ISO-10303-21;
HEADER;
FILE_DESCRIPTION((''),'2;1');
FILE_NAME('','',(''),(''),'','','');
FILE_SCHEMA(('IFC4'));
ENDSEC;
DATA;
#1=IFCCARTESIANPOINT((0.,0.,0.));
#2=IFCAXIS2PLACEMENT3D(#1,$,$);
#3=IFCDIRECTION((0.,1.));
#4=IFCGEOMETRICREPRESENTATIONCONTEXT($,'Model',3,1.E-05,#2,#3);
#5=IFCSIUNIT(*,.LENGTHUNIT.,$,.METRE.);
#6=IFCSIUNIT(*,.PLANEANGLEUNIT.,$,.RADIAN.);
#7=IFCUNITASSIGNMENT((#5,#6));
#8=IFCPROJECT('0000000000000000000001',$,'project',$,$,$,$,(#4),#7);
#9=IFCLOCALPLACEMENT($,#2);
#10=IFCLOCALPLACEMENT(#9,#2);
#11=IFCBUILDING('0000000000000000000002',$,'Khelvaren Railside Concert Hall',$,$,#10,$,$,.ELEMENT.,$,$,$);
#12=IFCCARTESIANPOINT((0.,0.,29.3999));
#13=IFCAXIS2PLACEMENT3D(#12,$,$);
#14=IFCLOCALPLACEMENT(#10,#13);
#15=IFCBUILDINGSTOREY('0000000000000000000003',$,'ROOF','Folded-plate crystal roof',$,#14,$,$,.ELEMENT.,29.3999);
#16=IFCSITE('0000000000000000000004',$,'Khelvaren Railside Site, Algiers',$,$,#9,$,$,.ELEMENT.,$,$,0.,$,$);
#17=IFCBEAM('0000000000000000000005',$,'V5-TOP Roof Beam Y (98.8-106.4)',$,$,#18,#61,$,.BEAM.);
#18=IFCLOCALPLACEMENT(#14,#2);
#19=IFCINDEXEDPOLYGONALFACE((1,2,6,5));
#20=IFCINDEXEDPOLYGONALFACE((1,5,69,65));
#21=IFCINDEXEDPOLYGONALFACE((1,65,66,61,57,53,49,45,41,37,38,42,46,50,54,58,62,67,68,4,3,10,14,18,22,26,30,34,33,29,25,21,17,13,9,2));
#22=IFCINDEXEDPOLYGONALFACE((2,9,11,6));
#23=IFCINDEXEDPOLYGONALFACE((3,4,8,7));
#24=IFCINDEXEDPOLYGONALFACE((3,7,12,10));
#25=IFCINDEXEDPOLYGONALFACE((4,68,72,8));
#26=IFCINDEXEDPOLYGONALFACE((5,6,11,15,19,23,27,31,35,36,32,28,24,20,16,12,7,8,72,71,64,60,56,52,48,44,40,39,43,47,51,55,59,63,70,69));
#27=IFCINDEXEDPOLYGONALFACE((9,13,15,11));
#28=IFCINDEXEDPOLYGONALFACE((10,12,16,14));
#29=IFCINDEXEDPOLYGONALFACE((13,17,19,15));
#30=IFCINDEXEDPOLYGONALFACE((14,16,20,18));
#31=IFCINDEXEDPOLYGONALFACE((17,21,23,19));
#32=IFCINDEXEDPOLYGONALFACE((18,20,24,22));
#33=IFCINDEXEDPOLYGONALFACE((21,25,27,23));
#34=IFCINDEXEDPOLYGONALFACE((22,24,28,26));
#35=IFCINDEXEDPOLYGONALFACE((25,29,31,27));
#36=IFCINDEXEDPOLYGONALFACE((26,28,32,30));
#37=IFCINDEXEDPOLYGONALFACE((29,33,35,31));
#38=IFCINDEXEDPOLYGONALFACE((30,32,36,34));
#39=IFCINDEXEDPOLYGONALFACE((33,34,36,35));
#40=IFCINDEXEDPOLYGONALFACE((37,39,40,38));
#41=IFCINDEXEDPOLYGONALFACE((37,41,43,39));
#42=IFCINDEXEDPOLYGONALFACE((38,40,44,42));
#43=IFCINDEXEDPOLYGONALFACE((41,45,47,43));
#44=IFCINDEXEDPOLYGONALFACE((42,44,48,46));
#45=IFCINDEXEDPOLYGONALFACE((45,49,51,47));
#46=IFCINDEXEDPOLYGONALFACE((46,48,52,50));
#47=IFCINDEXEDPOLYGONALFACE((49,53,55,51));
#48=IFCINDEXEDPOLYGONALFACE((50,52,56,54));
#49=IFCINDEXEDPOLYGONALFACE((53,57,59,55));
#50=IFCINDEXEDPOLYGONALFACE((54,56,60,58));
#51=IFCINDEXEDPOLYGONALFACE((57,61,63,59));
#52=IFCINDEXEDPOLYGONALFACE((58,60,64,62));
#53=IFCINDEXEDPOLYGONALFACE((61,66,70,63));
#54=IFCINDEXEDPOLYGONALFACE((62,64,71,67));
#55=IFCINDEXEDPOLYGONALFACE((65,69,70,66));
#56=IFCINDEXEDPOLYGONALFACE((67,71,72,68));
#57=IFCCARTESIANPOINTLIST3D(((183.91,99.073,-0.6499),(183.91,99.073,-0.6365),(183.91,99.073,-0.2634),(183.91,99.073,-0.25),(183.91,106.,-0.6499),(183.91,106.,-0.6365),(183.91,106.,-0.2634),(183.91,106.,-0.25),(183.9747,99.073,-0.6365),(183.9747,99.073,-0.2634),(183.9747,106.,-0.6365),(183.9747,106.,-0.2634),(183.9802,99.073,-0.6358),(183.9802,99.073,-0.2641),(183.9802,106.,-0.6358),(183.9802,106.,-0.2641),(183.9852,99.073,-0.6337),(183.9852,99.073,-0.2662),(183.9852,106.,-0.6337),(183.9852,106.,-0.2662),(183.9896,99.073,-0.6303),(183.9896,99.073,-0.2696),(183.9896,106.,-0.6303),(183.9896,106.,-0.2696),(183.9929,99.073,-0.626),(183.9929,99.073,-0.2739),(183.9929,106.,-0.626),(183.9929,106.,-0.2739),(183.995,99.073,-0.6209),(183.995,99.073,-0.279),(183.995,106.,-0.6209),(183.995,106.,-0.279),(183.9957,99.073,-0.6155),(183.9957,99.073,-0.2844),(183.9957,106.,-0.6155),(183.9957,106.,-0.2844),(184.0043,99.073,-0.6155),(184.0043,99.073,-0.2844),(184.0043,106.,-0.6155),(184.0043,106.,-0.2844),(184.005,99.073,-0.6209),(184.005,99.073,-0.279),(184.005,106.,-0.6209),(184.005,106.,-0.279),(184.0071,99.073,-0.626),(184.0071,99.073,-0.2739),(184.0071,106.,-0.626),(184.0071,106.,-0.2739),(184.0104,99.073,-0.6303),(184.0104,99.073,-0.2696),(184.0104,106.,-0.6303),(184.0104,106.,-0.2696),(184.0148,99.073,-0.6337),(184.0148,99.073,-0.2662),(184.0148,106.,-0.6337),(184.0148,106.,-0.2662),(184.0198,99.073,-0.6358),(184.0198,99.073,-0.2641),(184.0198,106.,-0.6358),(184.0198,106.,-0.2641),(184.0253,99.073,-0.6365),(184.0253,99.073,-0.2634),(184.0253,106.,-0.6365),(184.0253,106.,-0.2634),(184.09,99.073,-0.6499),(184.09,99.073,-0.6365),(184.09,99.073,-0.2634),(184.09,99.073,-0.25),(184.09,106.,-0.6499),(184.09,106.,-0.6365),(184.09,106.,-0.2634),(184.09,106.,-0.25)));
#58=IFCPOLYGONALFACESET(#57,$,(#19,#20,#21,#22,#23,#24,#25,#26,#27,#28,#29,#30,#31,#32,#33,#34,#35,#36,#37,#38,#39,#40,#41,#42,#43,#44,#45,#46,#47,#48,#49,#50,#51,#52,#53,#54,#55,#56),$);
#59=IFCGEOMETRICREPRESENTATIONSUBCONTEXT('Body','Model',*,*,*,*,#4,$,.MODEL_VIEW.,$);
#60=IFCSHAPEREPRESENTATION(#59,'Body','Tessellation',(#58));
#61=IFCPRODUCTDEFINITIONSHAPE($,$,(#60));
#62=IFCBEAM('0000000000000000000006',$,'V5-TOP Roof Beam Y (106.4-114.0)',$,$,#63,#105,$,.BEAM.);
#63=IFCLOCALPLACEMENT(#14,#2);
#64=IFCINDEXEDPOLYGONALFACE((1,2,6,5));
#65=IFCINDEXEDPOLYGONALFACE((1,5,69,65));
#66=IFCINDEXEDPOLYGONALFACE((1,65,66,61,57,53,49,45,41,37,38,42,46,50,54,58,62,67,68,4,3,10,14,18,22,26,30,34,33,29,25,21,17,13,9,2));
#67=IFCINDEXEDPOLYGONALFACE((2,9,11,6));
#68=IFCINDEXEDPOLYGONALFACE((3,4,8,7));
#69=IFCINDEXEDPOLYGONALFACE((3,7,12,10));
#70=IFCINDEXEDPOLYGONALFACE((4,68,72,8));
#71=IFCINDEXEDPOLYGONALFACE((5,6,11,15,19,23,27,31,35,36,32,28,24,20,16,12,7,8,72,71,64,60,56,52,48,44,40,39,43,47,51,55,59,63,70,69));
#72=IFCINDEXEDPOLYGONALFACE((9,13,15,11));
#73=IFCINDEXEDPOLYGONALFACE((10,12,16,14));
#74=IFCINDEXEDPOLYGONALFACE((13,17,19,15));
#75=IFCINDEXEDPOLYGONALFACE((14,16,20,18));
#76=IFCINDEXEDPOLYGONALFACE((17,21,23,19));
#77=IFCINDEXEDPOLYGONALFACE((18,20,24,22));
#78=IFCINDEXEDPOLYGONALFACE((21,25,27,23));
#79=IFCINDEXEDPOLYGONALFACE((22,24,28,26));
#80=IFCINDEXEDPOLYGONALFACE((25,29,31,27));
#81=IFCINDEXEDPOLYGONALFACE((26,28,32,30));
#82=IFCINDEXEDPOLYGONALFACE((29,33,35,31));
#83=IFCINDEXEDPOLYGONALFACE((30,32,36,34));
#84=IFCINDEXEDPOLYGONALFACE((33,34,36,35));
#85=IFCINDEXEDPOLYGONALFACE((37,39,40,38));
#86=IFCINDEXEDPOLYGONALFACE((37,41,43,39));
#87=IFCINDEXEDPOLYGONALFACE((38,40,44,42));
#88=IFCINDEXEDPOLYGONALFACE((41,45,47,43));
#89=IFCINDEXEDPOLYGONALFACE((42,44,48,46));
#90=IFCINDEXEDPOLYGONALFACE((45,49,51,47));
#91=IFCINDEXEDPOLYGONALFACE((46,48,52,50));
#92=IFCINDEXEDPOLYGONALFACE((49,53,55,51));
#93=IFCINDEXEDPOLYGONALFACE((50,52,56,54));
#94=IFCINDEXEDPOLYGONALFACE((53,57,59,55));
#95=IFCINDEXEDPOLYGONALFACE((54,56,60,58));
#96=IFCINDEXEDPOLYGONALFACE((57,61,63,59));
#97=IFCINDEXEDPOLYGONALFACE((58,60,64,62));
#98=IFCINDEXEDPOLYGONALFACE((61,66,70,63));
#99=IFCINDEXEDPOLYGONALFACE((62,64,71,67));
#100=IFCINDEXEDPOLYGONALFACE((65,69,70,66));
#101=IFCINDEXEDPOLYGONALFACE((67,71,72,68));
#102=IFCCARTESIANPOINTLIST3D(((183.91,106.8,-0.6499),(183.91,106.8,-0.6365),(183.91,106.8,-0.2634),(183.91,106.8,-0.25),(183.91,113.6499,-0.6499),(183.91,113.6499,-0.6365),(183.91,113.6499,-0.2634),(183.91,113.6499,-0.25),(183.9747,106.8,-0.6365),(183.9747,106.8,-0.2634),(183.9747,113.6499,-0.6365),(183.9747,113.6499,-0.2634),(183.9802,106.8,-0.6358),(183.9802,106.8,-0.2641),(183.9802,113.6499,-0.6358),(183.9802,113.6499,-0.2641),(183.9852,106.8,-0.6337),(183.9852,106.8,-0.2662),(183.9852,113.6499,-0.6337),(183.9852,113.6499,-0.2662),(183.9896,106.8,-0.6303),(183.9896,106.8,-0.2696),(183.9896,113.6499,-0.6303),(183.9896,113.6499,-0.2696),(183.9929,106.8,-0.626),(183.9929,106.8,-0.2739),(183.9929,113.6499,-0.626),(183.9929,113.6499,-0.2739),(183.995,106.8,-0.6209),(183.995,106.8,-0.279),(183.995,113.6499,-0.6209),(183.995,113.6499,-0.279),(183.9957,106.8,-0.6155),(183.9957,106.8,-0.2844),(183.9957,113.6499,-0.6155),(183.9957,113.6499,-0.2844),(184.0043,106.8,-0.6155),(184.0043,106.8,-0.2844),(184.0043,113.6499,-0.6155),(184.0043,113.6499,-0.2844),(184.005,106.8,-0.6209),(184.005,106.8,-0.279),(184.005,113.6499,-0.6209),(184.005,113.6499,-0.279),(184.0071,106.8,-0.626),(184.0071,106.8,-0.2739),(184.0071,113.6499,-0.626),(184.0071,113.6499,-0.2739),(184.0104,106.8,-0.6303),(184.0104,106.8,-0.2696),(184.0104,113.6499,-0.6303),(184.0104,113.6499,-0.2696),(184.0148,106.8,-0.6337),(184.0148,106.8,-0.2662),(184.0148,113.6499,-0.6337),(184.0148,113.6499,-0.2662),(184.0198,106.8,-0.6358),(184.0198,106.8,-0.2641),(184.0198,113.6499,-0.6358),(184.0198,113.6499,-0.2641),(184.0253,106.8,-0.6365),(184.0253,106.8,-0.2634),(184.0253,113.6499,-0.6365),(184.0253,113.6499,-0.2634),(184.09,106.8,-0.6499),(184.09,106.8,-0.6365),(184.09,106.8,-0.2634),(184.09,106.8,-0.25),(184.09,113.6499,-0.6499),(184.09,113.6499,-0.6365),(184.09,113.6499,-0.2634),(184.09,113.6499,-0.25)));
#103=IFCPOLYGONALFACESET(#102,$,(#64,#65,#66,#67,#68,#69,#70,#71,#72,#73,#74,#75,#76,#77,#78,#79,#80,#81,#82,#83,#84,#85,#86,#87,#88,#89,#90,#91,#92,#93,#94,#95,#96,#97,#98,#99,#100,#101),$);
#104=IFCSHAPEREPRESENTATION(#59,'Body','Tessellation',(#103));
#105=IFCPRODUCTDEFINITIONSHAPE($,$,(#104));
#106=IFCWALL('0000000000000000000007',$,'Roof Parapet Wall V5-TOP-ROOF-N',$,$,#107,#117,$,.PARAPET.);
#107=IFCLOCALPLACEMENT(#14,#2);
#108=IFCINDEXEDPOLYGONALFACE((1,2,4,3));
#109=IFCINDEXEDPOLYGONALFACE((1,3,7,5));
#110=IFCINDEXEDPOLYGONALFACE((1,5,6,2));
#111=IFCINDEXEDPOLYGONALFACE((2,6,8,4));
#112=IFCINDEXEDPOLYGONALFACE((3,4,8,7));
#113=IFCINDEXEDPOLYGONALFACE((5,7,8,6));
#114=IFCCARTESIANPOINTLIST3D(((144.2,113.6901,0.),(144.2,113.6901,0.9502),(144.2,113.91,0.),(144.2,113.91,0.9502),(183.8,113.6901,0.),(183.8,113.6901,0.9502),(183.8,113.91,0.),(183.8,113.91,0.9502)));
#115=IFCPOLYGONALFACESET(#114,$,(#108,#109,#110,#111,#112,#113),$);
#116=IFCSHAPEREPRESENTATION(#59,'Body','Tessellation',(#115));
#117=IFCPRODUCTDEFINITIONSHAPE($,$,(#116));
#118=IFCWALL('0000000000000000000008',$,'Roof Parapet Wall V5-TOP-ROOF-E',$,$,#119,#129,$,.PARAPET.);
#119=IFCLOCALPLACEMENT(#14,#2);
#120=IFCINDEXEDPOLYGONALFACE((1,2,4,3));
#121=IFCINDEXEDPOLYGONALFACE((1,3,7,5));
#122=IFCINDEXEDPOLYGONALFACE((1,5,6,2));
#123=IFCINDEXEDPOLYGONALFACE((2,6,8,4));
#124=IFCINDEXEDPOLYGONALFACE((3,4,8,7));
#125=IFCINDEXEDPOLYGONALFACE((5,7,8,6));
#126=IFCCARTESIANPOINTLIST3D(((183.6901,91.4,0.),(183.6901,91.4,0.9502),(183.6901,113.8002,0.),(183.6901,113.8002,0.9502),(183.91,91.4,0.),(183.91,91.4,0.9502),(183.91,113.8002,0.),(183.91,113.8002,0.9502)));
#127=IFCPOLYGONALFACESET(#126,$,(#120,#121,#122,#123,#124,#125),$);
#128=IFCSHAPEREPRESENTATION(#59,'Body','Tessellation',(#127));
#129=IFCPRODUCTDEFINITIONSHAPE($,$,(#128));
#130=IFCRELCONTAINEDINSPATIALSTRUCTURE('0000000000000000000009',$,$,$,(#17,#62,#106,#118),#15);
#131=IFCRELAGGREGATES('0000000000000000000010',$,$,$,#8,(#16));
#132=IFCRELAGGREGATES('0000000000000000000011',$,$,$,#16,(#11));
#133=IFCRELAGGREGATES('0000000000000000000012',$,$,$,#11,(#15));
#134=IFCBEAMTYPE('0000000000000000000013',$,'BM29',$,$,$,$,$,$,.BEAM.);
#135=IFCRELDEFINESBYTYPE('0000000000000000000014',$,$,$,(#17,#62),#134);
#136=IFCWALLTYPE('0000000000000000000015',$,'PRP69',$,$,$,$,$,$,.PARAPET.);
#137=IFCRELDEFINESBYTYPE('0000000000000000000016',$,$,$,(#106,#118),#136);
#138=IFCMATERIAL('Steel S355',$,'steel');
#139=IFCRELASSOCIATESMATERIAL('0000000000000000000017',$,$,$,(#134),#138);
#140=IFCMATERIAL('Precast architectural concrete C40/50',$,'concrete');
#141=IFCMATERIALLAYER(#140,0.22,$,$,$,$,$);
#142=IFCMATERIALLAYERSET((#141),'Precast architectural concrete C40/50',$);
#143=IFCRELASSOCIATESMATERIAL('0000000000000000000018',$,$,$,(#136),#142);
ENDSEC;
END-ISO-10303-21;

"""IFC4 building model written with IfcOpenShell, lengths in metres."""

from ifc_helpers import new_model, si_unit, direction, frame, frame_2d, origin, origin_2d, place, context, subcontext, project, spatial, rectangle, i_section, extrude, material, layer, layer_set, material_profile, profile_set, type_object, element, save


model = new_model("IFC4")

# Units and contexts
model_context = context("Model", 3, precision=1e-05, world=origin(), true_north=direction((0.0, 1.0)))
body_context = subcontext(model_context, "Body", "Model", "MODEL_VIEW")
ifc_project = project(units=[si_unit("LENGTHUNIT", "METRE"), si_unit("PLANEANGLEUNIT", "RADIAN")], contexts=[model_context])

# Site, building, storey
site_placement = place(None, origin())
site = spatial("IfcSite", under=ifc_project, at=site_placement, Name="Khelvaren Railside Site, Algiers", CompositionType="ELEMENT", RefElevation=0.0)
building_placement = place(site_placement, origin())
building = spatial("IfcBuilding", under=site, at=building_placement, Name="Khelvaren Railside Concert Hall", CompositionType="ELEMENT")
storey_placement = place(building_placement, frame((0.0, 0.0, 29.3999)))
storey = spatial("IfcBuildingStorey", under=building, at=storey_placement, Name="ROOF", Description="Folded-plate crystal roof", CompositionType="ELEMENT", Elevation=29.3999)

# Beams
ifc_material_1 = material(Name="Steel S355", Category="steel")
ifc_material_profile = material_profile(ifc_material_1, i_section(OverallWidth=0.1799, OverallDepth=0.3999, WebThickness=0.0085, FlangeThickness=0.0134, FilletRadius=0.021, at=origin_2d()), Name="IPE 400")
ifc_profile_set = profile_set([ifc_material_profile], Name="Steel S355")
beam_type = type_object("IfcBeamType", Name="BM29", PredefinedType="BEAM", material=ifc_profile_set)
beam_1_placement = place(storey_placement, frame((184.0, 99.073, -0.45), z_axis=(0.0, 1.0, 0.0), x_axis=(-1.0, 0.0, 0.0)))
element("IfcBeam", 1, at=beam_1_placement, inside=storey, type_object=beam_type, Name="V5-TOP Roof Beam Y (98.8-106.4)", PredefinedType="BEAM", context=body_context, shape_type="SweptSolid", body=[
    extrude(i_section(OverallWidth=0.1799, OverallDepth=0.3999, WebThickness=0.0085, FlangeThickness=0.0134, FilletRadius=0.021, at=origin_2d()), origin(), (0.0, 0.0, 1.0), 6.927),
])
beam_2_placement = place(storey_placement, frame((184.0, 106.8, -0.45), z_axis=(0.0, 1.0, 0.0), x_axis=(-1.0, 0.0, 0.0)))
element("IfcBeam", 2, at=beam_2_placement, inside=storey, type_object=beam_type, Name="V5-TOP Roof Beam Y (106.4-114.0)", PredefinedType="BEAM", context=body_context, shape_type="SweptSolid", body=[
    extrude(i_section(OverallWidth=0.1799, OverallDepth=0.3999, WebThickness=0.0085, FlangeThickness=0.0134, FilletRadius=0.021, at=origin_2d()), origin(), (0.0, 0.0, 1.0), 6.8499),
])

# Walls
ifc_material_2 = material(Name="Precast architectural concrete C40/50", Category="concrete")
ifc_layer = layer(ifc_material_2, 0.22)
ifc_layer_set = layer_set([ifc_layer], Name="Precast architectural concrete C40/50")
wall_type = type_object("IfcWallType", Name="PRP69", PredefinedType="PARAPET", material=ifc_layer_set)
wall_1_placement = place(storey_placement, frame((183.8, 113.8, 0.0), z_axis=(0.0, 0.0, 1.0), x_axis=(-1.0, 0.0, 0.0)))
element("IfcWall", 3, at=wall_1_placement, inside=storey, type_object=wall_type, Name="Roof Parapet Wall V5-TOP-ROOF-N", PredefinedType="PARAPET", context=body_context, shape_type="SweptSolid", body=[
    extrude(rectangle(XDim=39.6001, YDim=0.22, at=frame_2d((19.8, 0.0))), origin(), (0.0, 0.0, 1.0), 0.9502),
])
wall_2_placement = place(storey_placement, frame((183.8, 91.3999, 0.0), z_axis=(0.0, 0.0, 1.0), x_axis=(0.0, 1.0, 0.0)))
element("IfcWall", 4, at=wall_2_placement, inside=storey, type_object=wall_type, Name="Roof Parapet Wall V5-TOP-ROOF-E", PredefinedType="PARAPET", context=body_context, shape_type="SweptSolid", body=[
    extrude(rectangle(XDim=22.4001, YDim=0.22, at=frame_2d((11.2002, 0.0))), origin(), (0.0, 0.0, 1.0), 0.9502),
])

save(model, "model.ifc")
